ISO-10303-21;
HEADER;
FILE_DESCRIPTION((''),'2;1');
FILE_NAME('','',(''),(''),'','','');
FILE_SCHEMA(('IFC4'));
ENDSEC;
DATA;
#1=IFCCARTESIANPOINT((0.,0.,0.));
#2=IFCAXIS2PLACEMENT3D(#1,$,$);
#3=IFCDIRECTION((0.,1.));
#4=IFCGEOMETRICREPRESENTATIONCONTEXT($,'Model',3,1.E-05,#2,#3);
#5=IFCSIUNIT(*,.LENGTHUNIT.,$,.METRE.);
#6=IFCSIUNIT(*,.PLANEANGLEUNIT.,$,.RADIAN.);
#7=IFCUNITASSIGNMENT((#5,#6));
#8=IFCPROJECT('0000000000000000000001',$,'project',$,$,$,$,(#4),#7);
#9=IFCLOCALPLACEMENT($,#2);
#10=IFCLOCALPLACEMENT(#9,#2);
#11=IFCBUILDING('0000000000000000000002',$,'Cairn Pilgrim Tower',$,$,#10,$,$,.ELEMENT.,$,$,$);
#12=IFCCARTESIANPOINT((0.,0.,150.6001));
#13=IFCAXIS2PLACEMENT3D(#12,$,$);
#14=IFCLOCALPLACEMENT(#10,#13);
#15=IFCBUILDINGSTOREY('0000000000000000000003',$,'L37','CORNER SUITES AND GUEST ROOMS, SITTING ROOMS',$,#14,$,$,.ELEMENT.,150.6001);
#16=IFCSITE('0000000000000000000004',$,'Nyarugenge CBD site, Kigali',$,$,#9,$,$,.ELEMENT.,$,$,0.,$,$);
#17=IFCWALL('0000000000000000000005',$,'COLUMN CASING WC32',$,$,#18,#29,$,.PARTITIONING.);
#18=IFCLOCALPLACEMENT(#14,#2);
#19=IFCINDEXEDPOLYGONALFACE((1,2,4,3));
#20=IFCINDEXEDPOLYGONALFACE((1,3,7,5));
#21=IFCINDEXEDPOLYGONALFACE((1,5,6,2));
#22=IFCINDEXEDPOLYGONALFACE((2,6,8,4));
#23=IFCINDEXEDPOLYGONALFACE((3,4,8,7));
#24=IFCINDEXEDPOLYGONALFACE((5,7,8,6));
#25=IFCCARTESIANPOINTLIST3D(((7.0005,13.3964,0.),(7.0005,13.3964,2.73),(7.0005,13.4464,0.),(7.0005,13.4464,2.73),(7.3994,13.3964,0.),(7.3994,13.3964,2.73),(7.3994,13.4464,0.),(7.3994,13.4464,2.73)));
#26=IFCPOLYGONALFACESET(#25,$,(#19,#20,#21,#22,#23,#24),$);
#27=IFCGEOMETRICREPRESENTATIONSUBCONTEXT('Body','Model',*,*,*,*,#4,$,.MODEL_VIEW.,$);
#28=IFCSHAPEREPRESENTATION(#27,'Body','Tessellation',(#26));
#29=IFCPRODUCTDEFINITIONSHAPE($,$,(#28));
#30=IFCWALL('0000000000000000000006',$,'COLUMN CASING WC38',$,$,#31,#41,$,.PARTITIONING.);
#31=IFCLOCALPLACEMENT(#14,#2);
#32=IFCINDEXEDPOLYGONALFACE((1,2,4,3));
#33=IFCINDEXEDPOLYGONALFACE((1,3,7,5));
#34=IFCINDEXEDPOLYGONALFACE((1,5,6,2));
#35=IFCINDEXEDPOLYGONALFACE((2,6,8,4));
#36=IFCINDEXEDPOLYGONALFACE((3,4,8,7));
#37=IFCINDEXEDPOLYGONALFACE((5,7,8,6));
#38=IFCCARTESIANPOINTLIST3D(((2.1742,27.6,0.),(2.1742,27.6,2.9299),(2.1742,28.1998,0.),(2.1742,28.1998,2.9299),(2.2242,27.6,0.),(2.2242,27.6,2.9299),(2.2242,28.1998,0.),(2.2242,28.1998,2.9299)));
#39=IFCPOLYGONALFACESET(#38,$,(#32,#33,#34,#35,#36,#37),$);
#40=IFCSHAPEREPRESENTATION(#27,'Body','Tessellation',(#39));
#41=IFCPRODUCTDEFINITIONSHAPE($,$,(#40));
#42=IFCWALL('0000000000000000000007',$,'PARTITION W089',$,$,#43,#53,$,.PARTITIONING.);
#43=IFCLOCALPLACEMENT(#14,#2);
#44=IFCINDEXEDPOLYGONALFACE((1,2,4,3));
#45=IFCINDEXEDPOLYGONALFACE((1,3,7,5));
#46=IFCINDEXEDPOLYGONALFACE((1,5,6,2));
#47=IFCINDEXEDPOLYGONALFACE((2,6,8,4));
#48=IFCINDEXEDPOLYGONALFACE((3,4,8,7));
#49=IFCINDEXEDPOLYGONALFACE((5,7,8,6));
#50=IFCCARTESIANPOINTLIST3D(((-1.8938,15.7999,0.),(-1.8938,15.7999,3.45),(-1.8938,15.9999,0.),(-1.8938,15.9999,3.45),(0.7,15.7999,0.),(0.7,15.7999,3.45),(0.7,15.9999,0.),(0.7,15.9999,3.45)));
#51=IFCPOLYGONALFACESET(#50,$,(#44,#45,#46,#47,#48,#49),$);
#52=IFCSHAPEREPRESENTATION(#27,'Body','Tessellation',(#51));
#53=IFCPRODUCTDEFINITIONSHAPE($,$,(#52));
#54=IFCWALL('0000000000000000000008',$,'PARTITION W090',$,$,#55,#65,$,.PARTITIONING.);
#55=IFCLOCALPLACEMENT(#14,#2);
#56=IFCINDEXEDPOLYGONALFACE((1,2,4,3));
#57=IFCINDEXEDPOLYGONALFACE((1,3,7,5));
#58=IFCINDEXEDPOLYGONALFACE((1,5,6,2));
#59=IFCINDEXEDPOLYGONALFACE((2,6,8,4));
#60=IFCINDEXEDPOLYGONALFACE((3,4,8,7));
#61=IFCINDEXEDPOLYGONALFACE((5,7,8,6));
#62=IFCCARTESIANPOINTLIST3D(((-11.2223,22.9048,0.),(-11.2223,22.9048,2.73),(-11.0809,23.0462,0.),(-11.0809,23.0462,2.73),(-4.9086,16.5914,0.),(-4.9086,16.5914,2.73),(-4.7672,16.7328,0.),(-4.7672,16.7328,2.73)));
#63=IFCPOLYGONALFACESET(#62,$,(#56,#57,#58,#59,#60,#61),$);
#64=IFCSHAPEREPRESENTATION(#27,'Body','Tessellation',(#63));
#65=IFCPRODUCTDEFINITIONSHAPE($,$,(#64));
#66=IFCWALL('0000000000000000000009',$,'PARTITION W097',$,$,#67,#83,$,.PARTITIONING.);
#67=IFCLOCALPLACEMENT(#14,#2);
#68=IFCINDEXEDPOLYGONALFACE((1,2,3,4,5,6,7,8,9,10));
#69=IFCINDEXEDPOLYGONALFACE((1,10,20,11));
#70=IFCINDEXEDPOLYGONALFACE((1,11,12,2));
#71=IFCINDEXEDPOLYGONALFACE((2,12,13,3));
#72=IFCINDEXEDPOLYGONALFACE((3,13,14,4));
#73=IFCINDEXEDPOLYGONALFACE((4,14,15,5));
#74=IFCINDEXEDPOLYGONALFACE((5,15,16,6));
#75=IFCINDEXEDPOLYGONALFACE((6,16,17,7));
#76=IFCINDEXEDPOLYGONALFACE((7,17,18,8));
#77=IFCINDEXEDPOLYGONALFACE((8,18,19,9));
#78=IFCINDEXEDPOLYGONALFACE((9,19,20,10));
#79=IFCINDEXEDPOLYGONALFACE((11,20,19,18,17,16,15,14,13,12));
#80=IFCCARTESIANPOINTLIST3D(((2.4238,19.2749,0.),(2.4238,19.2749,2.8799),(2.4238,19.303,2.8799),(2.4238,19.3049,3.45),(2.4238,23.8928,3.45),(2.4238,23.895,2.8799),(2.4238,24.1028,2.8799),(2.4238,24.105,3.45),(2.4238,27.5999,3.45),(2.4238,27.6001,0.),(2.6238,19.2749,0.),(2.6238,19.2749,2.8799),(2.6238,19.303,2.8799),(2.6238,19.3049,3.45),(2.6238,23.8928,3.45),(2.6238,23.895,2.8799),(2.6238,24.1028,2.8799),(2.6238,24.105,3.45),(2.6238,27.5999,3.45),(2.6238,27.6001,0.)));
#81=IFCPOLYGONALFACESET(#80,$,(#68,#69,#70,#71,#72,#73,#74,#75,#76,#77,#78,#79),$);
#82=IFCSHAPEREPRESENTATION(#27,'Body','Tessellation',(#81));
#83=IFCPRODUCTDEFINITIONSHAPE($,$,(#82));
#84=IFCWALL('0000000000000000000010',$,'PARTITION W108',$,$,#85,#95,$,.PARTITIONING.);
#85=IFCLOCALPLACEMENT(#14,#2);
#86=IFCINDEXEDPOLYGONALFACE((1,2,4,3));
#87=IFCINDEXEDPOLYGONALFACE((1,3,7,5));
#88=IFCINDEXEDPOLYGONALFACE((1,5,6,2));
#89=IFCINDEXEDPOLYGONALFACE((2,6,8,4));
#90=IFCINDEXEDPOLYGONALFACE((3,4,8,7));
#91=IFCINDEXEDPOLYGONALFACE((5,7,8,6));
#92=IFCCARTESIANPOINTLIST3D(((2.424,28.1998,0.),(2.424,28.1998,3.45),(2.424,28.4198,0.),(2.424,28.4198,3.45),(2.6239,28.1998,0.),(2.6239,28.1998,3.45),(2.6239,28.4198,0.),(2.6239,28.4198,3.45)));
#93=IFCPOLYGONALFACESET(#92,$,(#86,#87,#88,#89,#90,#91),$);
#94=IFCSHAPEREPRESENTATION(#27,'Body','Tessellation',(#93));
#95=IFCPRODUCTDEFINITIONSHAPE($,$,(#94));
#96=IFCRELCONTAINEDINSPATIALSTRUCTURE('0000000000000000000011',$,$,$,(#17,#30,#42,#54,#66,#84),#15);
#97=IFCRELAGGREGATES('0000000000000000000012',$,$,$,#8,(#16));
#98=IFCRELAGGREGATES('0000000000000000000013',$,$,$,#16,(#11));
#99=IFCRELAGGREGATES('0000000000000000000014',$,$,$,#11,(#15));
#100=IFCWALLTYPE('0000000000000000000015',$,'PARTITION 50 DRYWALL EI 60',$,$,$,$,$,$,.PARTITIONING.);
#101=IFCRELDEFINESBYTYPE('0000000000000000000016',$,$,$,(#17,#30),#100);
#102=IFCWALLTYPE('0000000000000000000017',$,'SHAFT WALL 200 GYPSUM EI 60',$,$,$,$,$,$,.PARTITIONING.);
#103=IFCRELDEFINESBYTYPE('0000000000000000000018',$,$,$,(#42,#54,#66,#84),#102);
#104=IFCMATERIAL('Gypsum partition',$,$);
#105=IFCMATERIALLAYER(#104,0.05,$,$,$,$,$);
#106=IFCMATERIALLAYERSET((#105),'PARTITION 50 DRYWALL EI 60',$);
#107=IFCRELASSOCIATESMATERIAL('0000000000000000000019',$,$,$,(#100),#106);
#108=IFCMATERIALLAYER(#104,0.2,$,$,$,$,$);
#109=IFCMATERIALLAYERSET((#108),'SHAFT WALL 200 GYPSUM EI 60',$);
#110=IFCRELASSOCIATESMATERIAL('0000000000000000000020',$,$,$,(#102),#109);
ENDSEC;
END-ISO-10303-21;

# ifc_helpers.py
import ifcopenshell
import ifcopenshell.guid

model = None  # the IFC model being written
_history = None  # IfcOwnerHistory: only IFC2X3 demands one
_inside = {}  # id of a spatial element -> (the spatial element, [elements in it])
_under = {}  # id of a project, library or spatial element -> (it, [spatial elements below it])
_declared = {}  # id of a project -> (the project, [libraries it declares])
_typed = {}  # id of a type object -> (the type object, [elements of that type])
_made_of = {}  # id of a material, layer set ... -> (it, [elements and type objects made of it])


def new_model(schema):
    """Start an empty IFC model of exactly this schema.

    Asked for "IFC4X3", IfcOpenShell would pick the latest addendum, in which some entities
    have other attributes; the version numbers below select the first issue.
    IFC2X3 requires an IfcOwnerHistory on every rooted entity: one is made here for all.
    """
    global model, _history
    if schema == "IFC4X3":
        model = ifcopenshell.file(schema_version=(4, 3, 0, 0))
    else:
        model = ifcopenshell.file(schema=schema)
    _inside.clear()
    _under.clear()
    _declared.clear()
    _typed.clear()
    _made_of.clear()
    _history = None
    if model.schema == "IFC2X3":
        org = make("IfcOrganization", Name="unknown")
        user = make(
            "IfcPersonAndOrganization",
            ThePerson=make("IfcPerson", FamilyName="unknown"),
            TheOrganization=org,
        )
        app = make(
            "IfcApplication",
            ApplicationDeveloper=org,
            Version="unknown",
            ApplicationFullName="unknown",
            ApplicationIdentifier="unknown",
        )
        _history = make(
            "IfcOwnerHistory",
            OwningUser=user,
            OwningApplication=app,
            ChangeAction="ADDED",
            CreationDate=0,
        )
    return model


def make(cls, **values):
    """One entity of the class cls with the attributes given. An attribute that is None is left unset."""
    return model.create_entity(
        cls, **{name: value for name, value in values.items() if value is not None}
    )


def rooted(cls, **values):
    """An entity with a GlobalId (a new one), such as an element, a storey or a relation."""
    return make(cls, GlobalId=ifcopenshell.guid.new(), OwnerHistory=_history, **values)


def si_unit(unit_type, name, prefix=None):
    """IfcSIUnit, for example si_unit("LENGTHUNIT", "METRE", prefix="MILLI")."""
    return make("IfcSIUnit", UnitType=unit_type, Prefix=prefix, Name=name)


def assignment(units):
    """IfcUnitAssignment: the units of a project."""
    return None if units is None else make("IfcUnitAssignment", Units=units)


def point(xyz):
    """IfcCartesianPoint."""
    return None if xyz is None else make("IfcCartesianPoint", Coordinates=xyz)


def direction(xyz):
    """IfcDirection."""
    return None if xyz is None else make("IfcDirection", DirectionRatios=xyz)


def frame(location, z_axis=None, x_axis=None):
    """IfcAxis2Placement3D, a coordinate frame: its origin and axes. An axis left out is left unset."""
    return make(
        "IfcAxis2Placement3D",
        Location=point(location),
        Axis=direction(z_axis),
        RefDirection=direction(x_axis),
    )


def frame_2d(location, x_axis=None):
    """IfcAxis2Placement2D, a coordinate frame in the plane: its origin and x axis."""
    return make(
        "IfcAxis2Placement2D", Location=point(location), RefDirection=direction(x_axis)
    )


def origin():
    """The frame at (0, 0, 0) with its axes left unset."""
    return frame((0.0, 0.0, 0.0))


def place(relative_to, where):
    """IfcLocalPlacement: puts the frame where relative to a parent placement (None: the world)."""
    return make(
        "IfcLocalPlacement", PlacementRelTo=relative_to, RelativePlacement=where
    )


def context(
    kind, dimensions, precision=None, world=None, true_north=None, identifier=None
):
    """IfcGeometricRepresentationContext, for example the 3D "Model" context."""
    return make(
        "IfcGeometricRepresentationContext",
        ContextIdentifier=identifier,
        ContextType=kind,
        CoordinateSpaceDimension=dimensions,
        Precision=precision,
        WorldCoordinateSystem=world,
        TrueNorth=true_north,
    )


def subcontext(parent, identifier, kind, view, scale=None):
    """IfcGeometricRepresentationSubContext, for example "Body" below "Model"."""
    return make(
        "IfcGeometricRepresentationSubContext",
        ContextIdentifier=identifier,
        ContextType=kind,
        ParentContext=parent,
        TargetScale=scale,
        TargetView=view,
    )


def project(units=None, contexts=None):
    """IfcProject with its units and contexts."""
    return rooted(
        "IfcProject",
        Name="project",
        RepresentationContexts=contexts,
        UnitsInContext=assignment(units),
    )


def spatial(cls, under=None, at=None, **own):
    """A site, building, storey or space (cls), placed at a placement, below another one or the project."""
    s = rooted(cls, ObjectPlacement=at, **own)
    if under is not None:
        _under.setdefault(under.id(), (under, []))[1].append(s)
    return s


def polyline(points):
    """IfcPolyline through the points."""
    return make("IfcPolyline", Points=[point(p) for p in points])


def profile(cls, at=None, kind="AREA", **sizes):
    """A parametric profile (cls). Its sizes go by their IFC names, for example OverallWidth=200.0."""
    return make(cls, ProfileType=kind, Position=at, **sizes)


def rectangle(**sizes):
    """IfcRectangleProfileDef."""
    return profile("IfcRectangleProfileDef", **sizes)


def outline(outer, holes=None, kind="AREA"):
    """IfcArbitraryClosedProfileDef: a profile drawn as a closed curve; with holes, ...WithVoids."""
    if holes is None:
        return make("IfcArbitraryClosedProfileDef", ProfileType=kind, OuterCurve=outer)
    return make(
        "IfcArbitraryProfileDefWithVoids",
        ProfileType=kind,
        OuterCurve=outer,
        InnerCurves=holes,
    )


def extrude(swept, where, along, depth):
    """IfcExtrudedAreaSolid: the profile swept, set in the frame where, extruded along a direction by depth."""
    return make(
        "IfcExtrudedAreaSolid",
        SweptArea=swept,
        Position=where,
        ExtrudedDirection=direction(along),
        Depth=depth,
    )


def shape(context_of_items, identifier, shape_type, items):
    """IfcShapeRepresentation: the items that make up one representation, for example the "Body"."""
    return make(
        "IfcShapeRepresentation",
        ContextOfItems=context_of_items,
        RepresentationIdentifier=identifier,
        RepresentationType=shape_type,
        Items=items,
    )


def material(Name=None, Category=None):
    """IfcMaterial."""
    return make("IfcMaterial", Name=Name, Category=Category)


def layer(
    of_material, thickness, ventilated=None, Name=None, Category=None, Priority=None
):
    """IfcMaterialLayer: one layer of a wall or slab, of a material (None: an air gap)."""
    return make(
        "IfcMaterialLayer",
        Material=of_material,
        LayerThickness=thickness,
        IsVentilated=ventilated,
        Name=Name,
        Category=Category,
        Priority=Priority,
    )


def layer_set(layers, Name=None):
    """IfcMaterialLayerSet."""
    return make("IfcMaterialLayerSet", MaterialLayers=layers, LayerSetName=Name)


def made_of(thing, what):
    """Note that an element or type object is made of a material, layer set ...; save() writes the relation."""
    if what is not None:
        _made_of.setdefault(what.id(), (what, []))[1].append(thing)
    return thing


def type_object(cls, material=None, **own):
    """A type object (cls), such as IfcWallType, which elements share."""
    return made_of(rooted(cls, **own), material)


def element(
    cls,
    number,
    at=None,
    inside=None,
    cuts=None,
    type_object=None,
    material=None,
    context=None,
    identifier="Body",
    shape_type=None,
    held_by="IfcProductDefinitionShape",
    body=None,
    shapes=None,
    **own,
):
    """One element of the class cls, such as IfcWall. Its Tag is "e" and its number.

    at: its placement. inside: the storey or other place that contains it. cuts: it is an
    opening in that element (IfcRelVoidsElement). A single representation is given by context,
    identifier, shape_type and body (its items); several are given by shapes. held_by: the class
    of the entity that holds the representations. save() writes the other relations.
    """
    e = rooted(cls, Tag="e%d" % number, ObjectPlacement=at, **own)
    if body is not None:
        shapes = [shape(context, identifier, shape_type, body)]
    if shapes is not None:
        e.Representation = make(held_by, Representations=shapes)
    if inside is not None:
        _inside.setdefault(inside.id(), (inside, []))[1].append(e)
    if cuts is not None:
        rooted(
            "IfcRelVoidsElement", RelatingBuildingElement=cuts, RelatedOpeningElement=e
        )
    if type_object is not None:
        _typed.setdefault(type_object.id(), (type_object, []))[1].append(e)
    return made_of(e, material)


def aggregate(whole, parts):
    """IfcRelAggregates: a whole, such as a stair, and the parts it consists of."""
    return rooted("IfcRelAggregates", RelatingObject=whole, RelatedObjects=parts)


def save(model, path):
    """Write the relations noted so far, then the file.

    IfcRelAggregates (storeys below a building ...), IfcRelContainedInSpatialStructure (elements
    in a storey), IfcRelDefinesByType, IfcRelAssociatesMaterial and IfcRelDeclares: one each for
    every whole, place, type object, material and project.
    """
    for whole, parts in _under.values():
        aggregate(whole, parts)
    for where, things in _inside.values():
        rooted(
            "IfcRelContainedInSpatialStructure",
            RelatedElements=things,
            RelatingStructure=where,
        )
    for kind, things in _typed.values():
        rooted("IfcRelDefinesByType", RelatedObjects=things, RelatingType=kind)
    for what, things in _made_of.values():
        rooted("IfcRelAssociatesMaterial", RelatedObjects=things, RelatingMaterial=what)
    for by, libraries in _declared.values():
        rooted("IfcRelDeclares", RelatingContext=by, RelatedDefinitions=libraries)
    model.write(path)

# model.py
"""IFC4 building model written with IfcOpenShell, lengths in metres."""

from ifc_helpers import new_model, si_unit, direction, frame, frame_2d, origin, place, context, subcontext, project, spatial, polyline, rectangle, outline, extrude, material, layer, layer_set, type_object, element, save


model = new_model("IFC4")

# Units and contexts
model_context = context("Model", 3, precision=1e-05, world=origin(), true_north=direction((0.0, 1.0)))
body_context = subcontext(model_context, "Body", "Model", "MODEL_VIEW")
ifc_project = project(units=[si_unit("LENGTHUNIT", "METRE"), si_unit("PLANEANGLEUNIT", "RADIAN")], contexts=[model_context])

# Site, building, storey
site_placement = place(None, origin())
site = spatial("IfcSite", under=ifc_project, at=site_placement, Name="Nyarugenge CBD site, Kigali", CompositionType="ELEMENT", RefElevation=0.0)
building_placement = place(site_placement, origin())
building = spatial("IfcBuilding", under=site, at=building_placement, Name="Cairn Pilgrim Tower", CompositionType="ELEMENT")
storey_placement = place(building_placement, frame((0.0, 0.0, 150.6001)))
storey = spatial("IfcBuildingStorey", under=building, at=storey_placement, Name="L37", Description="CORNER SUITES AND GUEST ROOMS, SITTING ROOMS", CompositionType="ELEMENT", Elevation=150.6001)

# Shared definitions
ifc_material_1 = material(Name="Gypsum partition")

# Walls
ifc_layer_1 = layer(ifc_material_1, 0.05)
ifc_layer_set_1 = layer_set([ifc_layer_1], Name="PARTITION 50 DRYWALL EI 60")
wall_type_1 = type_object("IfcWallType", Name="PARTITION 50 DRYWALL EI 60", PredefinedType="PARTITIONING", material=ifc_layer_set_1)
wall_1_placement = place(storey_placement, frame((7.0005, 13.4214, 0.0), z_axis=(0.0, 0.0, 1.0), x_axis=(1.0, 0.0, 0.0)))
element("IfcWall", 1, at=wall_1_placement, inside=storey, type_object=wall_type_1, Name="COLUMN CASING WC32", PredefinedType="PARTITIONING", context=body_context, shape_type="SweptSolid", body=[
    extrude(rectangle(XDim=0.3989, YDim=0.05, at=frame_2d((0.1995, 0.0))), origin(), (0.0, 0.0, 1.0), 2.73),
])
wall_2_placement = place(storey_placement, frame((2.1992, 27.6001, 0.0), z_axis=(0.0, 0.0, 1.0), x_axis=(0.0, 1.0, 0.0)))
element("IfcWall", 2, at=wall_2_placement, inside=storey, type_object=wall_type_1, Name="COLUMN CASING WC38", PredefinedType="PARTITIONING", context=body_context, shape_type="SweptSolid", body=[
    extrude(rectangle(XDim=0.5999, YDim=0.05, at=frame_2d((0.2998, 0.0))), origin(), (0.0, 0.0, 1.0), 2.9299),
])
ifc_layer_2 = layer(ifc_material_1, 0.2)
ifc_layer_set_2 = layer_set([ifc_layer_2], Name="SHAFT WALL 200 GYPSUM EI 60")
wall_type_2 = type_object("IfcWallType", Name="SHAFT WALL 200 GYPSUM EI 60", PredefinedType="PARTITIONING", material=ifc_layer_set_2)
wall_3_placement = place(storey_placement, frame((-1.8938, 15.8999, 0.0), z_axis=(0.0, 0.0, 1.0), x_axis=(1.0, 0.0, 0.0)))
element("IfcWall", 3, at=wall_3_placement, inside=storey, type_object=wall_type_2, Name="PARTITION W089", PredefinedType="PARTITIONING", context=body_context, shape_type="SweptSolid", body=[
    extrude(rectangle(XDim=2.5938, YDim=0.2, at=frame_2d((1.2969, 0.0))), origin(), (0.0, 0.0, 1.0), 3.45),
])
wall_4_placement = place(storey_placement, frame((-4.8379, 16.6621, 0.0), z_axis=(0.0, 0.0, 1.0), x_axis=(-0.70712, 0.707093, 0.0)))
element("IfcWall", 4, at=wall_4_placement, inside=storey, type_object=wall_type_2, Name="PARTITION W090", PredefinedType="PARTITIONING", context=body_context, shape_type="SweptSolid", body=[
    extrude(rectangle(XDim=8.9287, YDim=0.2, at=frame_2d((4.4644, 0.0))), origin(), (0.0, 0.0, 1.0), 2.73),
])
wall_5_placement = place(storey_placement, frame((2.5239, 19.2749, 0.0), z_axis=(0.0, 0.0, 1.0), x_axis=(0.0, 1.0, 0.0)))
element("IfcWall", 5, at=wall_5_placement, inside=storey, type_object=wall_type_2, Name="PARTITION W097", PredefinedType="PARTITIONING", context=body_context, shape_type="SweptSolid", body=[
    extrude(outline(polyline([(0.0, 0.0), (8.3252, 0.0), (8.325, 3.45), (4.8301, 3.45), (4.8279, 2.8799), (4.6201, 2.8799), (4.6179, 3.45), (0.03, 3.45), (0.0281, 2.8799), (0.0, 2.8799), (0.0, 0.0)])), frame((0.0, 0.1001, 0.0), z_axis=(0.0, -1.0, 0.0), x_axis=(1.0, 0.0, 0.0)), (0.0, 0.0, 1.0), 0.2),
])
wall_6_placement = place(storey_placement, frame((2.5239, 28.2, 0.0), z_axis=(0.0, 0.0, 1.0), x_axis=(0.0, 1.0, 0.0)))
element("IfcWall", 6, at=wall_6_placement, inside=storey, type_object=wall_type_2, Name="PARTITION W108", PredefinedType="PARTITIONING", context=body_context, shape_type="SweptSolid", body=[
    extrude(rectangle(XDim=0.22, YDim=0.2, at=frame_2d((0.1099, 0.0))), origin(), (0.0, 0.0, 1.0), 3.45),
])

save(model, "model.ifc")
